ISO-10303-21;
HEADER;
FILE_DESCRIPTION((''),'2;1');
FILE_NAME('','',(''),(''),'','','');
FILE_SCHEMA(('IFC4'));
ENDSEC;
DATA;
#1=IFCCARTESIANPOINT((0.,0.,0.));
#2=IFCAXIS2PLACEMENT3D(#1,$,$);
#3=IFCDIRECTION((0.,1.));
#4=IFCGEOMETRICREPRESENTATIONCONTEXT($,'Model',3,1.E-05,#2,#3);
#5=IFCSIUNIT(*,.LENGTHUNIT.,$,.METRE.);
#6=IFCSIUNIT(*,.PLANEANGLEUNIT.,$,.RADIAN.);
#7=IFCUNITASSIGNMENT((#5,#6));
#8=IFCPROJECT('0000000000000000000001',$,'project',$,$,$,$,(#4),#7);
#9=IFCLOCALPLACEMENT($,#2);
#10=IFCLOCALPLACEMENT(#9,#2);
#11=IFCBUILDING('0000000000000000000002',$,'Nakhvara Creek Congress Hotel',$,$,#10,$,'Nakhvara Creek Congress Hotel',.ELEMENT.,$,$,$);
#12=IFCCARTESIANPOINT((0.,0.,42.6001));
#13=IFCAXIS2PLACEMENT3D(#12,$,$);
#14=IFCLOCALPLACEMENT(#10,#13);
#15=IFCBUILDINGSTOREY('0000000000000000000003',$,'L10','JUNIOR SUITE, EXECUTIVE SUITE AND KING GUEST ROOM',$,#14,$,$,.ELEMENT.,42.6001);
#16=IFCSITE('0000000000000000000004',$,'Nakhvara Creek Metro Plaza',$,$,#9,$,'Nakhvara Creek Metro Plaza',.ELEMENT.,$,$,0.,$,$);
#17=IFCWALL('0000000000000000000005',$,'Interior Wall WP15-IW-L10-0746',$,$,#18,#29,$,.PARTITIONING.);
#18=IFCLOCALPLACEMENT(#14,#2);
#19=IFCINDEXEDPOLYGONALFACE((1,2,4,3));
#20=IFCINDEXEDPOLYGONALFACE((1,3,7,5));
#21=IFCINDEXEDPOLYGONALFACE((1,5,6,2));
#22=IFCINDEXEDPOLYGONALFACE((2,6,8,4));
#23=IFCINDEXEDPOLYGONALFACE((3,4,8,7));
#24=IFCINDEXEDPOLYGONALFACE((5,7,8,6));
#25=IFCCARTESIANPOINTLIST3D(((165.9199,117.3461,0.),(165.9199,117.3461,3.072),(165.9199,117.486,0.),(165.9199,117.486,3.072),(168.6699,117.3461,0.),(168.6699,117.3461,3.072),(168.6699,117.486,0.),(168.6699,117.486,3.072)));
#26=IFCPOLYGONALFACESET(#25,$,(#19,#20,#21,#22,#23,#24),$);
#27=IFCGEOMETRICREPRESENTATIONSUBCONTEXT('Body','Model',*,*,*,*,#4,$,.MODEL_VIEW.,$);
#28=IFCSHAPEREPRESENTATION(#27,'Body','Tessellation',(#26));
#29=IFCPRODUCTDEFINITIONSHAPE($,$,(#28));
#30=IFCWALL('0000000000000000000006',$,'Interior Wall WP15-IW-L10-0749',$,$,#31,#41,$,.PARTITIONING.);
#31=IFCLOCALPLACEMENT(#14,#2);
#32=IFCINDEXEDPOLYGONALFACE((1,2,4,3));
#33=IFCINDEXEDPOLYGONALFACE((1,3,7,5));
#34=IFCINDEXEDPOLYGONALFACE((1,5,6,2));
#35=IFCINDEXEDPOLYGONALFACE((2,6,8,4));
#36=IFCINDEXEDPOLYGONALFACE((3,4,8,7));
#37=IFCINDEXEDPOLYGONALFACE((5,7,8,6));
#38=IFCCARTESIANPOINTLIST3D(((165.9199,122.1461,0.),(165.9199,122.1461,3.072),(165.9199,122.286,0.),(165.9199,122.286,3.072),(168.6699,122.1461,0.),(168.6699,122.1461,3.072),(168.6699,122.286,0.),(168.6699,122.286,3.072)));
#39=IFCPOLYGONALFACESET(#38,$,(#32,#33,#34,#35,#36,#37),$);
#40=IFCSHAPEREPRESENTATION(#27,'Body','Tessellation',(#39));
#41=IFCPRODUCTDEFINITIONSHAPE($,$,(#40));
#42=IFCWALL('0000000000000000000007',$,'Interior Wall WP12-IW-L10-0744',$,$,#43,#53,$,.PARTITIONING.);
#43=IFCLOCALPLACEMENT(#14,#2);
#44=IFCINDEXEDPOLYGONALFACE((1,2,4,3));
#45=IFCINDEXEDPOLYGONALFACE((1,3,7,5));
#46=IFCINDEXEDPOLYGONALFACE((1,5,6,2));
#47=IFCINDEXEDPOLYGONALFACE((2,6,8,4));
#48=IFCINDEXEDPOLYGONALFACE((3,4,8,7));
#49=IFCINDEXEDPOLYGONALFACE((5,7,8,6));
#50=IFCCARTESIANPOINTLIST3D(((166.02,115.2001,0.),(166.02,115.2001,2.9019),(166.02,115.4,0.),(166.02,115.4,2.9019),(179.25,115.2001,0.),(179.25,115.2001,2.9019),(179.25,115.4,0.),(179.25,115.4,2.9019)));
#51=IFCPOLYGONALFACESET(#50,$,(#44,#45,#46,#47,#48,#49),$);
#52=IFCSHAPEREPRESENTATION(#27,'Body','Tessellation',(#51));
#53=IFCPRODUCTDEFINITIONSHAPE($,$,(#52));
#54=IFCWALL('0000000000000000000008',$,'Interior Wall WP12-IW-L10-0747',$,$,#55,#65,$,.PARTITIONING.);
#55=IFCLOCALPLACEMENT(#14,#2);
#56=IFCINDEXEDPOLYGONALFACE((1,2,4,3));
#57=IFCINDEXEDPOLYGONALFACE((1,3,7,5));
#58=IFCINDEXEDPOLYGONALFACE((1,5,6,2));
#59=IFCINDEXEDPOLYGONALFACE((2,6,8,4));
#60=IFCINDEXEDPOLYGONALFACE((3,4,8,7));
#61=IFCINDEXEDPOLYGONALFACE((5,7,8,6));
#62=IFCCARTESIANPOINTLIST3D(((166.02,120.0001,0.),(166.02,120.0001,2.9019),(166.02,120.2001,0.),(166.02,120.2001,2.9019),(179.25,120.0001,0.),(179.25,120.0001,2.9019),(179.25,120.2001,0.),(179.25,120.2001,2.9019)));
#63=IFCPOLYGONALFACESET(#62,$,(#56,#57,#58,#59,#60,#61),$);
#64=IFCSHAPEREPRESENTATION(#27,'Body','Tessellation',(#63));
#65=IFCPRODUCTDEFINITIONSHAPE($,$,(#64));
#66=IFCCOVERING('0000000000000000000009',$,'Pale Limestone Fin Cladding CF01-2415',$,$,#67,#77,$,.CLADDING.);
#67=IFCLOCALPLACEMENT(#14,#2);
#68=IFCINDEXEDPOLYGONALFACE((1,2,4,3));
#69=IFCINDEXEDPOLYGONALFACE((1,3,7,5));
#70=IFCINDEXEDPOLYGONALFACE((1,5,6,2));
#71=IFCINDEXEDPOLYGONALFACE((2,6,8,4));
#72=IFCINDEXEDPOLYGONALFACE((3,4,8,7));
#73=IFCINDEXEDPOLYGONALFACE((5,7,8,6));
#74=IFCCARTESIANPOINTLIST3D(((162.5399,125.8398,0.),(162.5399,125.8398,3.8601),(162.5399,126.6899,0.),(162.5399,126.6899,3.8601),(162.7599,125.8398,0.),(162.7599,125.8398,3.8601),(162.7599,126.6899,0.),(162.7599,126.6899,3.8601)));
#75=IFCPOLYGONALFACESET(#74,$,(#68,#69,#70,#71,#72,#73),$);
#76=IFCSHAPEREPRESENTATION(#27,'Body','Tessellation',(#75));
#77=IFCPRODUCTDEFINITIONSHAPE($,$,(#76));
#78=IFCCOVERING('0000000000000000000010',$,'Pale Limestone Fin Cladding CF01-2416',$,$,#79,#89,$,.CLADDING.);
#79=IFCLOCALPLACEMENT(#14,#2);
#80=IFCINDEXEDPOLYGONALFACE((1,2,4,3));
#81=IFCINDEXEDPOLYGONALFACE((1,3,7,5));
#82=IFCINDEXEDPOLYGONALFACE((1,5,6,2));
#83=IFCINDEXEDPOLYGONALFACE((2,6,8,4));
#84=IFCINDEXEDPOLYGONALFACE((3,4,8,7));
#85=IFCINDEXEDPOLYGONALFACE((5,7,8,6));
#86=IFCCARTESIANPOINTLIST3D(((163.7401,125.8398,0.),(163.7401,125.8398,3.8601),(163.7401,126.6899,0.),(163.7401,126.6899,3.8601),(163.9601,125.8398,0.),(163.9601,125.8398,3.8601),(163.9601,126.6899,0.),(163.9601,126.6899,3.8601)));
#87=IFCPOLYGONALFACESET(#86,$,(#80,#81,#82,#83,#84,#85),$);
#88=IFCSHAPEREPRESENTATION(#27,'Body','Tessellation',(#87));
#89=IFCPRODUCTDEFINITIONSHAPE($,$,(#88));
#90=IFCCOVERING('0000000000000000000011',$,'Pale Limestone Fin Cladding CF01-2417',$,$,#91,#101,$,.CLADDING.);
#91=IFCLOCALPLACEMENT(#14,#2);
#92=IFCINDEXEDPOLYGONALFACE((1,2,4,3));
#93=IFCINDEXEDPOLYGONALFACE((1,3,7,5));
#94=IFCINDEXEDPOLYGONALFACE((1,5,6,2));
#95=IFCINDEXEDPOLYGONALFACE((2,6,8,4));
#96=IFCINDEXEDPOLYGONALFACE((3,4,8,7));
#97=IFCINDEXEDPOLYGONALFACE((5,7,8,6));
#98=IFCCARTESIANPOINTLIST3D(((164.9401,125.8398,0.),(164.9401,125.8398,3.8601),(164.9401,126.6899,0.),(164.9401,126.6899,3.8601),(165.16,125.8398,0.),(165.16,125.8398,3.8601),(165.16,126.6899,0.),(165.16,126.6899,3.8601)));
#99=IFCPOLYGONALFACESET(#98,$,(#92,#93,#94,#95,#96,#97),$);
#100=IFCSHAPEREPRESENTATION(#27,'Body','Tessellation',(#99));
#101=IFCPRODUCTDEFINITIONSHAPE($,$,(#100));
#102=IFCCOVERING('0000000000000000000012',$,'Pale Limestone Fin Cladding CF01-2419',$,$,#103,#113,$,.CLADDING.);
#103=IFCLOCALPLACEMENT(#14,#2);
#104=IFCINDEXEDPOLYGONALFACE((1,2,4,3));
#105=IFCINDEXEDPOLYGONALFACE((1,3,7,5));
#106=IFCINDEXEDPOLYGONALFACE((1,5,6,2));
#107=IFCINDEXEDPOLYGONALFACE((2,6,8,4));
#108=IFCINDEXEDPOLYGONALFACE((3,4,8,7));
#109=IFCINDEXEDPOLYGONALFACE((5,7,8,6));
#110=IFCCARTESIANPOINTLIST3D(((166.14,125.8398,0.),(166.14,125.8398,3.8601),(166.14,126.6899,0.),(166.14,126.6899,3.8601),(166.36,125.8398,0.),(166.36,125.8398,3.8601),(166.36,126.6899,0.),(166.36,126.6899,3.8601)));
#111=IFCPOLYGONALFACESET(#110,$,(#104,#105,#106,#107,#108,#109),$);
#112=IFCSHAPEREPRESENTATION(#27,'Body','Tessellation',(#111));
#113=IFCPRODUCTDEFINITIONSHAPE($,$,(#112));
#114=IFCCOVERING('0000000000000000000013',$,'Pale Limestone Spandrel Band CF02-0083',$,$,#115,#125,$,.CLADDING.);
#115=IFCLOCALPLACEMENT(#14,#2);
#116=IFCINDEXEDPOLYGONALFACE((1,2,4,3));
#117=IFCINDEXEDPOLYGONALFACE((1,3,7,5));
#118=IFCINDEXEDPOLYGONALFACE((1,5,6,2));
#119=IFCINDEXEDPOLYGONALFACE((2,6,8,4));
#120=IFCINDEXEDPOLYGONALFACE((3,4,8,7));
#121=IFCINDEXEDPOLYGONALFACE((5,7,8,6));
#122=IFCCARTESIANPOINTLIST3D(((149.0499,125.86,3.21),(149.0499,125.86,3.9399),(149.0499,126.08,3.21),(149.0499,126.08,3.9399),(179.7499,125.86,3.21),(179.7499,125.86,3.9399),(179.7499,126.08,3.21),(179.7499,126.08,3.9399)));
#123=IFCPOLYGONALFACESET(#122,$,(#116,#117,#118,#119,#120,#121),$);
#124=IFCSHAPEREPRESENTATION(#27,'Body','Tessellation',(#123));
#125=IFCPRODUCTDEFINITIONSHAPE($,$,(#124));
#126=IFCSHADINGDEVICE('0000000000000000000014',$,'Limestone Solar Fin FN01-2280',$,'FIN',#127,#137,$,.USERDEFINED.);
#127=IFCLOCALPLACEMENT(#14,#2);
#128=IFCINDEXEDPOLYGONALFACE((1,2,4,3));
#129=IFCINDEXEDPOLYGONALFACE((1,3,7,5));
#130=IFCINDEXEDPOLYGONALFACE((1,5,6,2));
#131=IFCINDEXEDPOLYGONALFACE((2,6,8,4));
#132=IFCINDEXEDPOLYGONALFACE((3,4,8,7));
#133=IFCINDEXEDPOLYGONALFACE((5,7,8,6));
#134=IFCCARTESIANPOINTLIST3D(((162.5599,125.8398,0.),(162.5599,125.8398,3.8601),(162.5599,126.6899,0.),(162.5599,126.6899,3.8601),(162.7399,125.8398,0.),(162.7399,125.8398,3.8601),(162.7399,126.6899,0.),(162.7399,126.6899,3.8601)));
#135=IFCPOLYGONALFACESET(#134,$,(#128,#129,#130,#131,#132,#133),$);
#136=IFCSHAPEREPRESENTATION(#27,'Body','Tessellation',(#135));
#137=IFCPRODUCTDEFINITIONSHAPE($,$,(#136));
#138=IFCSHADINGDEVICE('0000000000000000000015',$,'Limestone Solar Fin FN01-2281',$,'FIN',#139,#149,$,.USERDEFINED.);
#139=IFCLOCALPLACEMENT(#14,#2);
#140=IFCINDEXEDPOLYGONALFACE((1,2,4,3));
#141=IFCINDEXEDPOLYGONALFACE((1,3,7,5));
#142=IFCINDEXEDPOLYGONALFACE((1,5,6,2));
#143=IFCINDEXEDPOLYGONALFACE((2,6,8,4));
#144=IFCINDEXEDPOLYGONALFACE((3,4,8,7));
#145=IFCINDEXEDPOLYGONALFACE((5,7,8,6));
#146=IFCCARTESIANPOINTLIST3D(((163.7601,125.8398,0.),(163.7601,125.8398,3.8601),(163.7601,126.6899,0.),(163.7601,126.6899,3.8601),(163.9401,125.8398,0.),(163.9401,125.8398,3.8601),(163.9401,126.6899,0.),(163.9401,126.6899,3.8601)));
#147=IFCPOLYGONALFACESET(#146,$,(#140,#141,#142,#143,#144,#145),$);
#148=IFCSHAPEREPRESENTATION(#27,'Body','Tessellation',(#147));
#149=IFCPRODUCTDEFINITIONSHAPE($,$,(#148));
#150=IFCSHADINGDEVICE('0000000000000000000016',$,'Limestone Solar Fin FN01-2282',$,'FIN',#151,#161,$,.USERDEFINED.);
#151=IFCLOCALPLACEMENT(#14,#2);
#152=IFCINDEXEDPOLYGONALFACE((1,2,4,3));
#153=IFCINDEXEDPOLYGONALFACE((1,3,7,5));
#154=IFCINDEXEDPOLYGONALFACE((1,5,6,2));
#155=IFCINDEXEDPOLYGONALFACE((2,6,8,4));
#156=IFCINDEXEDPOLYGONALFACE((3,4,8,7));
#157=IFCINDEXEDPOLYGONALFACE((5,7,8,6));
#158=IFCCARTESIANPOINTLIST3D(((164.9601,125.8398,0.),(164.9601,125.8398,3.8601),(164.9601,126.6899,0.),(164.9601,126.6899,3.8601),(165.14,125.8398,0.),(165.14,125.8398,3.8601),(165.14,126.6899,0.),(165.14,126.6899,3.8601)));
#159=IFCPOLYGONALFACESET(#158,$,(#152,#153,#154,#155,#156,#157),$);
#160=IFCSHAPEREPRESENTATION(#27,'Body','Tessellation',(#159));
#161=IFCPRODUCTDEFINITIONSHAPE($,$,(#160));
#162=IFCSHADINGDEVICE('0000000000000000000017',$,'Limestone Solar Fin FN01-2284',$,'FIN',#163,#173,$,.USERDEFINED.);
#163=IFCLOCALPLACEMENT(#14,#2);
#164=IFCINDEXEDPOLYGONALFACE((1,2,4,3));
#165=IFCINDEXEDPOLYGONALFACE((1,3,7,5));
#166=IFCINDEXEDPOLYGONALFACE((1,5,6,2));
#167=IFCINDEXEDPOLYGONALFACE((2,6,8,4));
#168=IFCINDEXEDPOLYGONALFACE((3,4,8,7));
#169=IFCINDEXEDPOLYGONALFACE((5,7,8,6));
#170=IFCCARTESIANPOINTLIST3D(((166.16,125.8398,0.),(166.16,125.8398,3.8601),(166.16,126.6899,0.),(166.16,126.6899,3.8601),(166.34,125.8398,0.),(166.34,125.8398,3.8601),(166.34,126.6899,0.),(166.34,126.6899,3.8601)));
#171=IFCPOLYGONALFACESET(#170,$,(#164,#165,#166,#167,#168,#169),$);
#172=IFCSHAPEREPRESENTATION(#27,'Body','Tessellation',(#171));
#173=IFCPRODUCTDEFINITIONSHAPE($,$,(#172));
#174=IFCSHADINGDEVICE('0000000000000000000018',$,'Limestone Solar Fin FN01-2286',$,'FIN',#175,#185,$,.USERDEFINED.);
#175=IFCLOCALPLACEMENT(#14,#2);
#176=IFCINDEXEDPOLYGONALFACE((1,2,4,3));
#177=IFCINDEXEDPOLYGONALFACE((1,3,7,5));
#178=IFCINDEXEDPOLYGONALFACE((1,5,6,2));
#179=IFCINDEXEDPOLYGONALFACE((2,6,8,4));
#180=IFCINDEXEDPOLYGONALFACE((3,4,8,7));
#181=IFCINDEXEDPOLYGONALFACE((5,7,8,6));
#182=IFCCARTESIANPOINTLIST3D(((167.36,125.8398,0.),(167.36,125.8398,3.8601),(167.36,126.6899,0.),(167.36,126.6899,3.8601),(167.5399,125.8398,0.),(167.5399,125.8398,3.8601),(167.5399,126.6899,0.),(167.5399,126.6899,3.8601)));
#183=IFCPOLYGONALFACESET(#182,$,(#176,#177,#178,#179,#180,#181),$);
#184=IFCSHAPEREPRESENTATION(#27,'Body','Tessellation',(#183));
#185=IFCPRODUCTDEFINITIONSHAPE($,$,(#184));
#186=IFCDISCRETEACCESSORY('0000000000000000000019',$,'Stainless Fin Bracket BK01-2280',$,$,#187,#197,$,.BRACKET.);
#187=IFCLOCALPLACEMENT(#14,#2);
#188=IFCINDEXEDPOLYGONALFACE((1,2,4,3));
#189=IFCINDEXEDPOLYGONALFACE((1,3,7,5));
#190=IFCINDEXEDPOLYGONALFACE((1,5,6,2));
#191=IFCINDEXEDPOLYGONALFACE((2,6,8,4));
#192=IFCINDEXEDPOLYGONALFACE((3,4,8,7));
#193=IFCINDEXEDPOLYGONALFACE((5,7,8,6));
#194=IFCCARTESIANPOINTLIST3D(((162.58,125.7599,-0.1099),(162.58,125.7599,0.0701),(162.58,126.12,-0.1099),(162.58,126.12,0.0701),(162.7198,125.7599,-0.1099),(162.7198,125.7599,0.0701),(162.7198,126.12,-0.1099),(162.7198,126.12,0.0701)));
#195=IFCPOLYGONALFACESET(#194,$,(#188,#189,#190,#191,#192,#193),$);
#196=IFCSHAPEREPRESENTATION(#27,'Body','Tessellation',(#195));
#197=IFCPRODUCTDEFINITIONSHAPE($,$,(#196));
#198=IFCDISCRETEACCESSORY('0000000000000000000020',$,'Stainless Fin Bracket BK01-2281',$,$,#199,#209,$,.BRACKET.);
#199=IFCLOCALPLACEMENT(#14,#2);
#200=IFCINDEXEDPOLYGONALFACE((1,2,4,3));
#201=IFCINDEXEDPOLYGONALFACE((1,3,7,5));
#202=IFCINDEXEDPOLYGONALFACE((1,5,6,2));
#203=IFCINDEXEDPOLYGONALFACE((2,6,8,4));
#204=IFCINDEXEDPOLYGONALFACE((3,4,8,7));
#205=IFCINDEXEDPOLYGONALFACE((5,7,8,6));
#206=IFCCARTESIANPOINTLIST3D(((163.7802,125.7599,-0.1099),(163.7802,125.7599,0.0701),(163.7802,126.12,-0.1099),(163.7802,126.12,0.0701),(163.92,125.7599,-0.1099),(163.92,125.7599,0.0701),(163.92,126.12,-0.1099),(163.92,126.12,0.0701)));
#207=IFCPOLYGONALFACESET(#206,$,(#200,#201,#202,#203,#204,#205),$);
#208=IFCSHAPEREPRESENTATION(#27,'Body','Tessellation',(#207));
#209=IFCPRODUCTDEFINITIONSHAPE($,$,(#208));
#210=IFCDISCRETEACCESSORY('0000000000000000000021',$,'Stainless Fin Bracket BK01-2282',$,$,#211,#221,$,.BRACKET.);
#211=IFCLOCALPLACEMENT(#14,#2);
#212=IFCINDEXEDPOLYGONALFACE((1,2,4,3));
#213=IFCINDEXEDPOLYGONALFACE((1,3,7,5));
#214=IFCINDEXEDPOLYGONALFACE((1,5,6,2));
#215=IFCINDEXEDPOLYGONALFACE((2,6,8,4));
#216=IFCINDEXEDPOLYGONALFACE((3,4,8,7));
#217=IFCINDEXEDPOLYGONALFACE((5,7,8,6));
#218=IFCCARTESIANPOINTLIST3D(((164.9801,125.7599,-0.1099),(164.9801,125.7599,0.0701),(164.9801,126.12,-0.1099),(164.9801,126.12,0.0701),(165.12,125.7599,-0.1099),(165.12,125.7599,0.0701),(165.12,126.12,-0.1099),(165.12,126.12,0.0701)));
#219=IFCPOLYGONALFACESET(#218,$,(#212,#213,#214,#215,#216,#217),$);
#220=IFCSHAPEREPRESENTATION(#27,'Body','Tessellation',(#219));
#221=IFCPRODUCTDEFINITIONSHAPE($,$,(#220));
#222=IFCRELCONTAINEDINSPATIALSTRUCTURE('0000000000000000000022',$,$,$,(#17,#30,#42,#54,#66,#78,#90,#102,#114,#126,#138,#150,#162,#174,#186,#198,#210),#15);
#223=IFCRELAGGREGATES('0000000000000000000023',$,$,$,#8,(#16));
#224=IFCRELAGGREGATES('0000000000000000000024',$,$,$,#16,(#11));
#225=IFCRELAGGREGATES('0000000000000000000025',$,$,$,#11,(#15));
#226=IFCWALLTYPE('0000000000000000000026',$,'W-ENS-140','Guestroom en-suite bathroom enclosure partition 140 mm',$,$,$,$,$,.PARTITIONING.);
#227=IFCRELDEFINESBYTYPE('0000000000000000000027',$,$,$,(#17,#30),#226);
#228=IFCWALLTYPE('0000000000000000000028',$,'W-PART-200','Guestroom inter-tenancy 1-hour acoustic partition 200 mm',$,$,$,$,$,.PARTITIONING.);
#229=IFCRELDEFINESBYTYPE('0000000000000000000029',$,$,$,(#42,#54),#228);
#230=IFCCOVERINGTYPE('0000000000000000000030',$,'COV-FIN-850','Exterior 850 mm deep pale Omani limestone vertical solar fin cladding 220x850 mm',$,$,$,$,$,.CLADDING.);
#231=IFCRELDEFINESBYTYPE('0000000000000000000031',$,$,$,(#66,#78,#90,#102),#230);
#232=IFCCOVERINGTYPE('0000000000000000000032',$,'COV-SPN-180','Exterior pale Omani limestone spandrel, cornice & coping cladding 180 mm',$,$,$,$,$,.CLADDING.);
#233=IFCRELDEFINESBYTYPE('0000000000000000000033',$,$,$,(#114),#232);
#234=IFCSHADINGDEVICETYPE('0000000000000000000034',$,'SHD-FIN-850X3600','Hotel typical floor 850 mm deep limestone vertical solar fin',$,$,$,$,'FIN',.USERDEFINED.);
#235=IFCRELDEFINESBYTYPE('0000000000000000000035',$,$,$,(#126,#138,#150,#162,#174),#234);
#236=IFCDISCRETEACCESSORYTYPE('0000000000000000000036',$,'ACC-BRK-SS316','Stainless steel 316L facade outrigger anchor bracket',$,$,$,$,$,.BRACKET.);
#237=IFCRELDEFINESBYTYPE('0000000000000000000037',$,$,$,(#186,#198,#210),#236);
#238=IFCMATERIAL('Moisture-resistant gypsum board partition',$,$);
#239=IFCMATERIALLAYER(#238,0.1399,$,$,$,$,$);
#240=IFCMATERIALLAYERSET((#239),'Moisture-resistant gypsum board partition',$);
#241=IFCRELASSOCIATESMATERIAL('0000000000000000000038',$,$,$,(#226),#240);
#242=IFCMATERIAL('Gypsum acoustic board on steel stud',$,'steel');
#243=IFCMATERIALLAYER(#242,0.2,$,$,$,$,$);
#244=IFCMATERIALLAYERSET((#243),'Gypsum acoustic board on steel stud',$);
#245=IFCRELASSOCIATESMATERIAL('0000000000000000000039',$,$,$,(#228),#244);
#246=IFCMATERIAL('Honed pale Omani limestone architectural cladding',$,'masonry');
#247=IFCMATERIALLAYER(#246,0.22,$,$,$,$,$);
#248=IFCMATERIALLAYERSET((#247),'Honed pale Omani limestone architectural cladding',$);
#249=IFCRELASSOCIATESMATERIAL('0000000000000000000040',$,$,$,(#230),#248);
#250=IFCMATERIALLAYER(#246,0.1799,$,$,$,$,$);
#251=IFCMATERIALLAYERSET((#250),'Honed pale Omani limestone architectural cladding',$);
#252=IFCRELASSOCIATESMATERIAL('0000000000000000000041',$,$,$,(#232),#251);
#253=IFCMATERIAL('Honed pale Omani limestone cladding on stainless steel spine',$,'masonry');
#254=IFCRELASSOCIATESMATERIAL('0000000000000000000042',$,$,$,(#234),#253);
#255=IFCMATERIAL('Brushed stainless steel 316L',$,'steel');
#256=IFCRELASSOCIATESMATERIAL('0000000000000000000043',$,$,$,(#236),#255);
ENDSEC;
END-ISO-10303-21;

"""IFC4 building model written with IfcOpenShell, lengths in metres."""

from ifc_helpers import new_model, si_unit, direction, frame, frame_2d, origin, origin_2d, place, context, subcontext, project, spatial, rectangle, extrude, material, layer, layer_set, type_object, element, save


model = new_model("IFC4")

# Units and contexts
model_context = context("Model", 3, precision=1e-05, world=origin(), true_north=direction((0.0, 1.0)))
body_context = subcontext(model_context, "Body", "Model", "MODEL_VIEW")
ifc_project = project(units=[si_unit("LENGTHUNIT", "METRE"), si_unit("PLANEANGLEUNIT", "RADIAN")], contexts=[model_context])

# Site, building, storey
site_placement = place(None, origin())
site = spatial("IfcSite", under=ifc_project, at=site_placement, Name="Nakhvara Creek Metro Plaza", LongName="Nakhvara Creek Metro Plaza", CompositionType="ELEMENT", RefElevation=0.0)
building_placement = place(site_placement, origin())
building = spatial("IfcBuilding", under=site, at=building_placement, Name="Nakhvara Creek Congress Hotel", LongName="Nakhvara Creek Congress Hotel", CompositionType="ELEMENT")
storey_placement = place(building_placement, frame((0.0, 0.0, 42.6001)))
storey = spatial("IfcBuildingStorey", under=building, at=storey_placement, Name="L10", Description="JUNIOR SUITE, EXECUTIVE SUITE AND KING GUEST ROOM", CompositionType="ELEMENT", Elevation=42.6001)

# Walls
ifc_material_1 = material(Name="Gypsum acoustic board on steel stud", Category="steel")
ifc_material_2 = material(Name="Moisture-resistant gypsum board partition")
ifc_layer_1 = layer(ifc_material_2, 0.1399)
ifc_layer_set_1 = layer_set([ifc_layer_1], Name="Moisture-resistant gypsum board partition")
wall_type_1 = type_object("IfcWallType", Name="W-ENS-140", Description="Guestroom en-suite bathroom enclosure partition 140 mm", PredefinedType="PARTITIONING", material=ifc_layer_set_1)
for number, where, z_axis, x_axis, name in (
    (1, (165.9199, 117.416, 0.0), (0.0, 0.0, 1.0), (1.0, 0.0, 0.0), "Interior Wall WP15-IW-L10-0746"),
    (2, (165.9199, 122.2161, 0.0), (0.0, 0.0, 1.0), (1.0, 0.0, 0.0), "Interior Wall WP15-IW-L10-0749"),
):
    element("IfcWall", number, at=place(storey_placement, frame(where, z_axis=z_axis, x_axis=x_axis)), inside=storey, type_object=wall_type_1, Name=name, PredefinedType="PARTITIONING", context=body_context, shape_type="SweptSolid", body=[
        extrude(rectangle(XDim=2.75, YDim=0.1399, at=frame_2d((1.375, 0.0))), origin(), (0.0, 0.0, 1.0), 3.072),
    ])
ifc_layer_2 = layer(ifc_material_1, 0.2)
ifc_layer_set_2 = layer_set([ifc_layer_2], Name="Gypsum acoustic board on steel stud")
wall_type_2 = type_object("IfcWallType", Name="W-PART-200", Description="Guestroom inter-tenancy 1-hour acoustic partition 200 mm", PredefinedType="PARTITIONING", material=ifc_layer_set_2)
for number, where, z_axis, x_axis, name in (
    (3, (166.02, 115.3, 0.0), (0.0, 0.0, 1.0), (1.0, 0.0, 0.0), "Interior Wall WP12-IW-L10-0744"),
    (4, (166.02, 120.1001, 0.0), (0.0, 0.0, 1.0), (1.0, 0.0, 0.0), "Interior Wall WP12-IW-L10-0747"),
):
    element("IfcWall", number, at=place(storey_placement, frame(where, z_axis=z_axis, x_axis=x_axis)), inside=storey, type_object=wall_type_2, Name=name, PredefinedType="PARTITIONING", context=body_context, shape_type="SweptSolid", body=[
        extrude(rectangle(XDim=13.23, YDim=0.2, at=frame_2d((6.615, 0.0))), origin(), (0.0, 0.0, 1.0), 2.9019),
    ])

# Coverings
ifc_material_3 = material(Name="Honed pale Omani limestone architectural cladding", Category="masonry")
ifc_layer_3 = layer(ifc_material_3, 0.22)
ifc_layer_set_3 = layer_set([ifc_layer_3], Name="Honed pale Omani limestone architectural cladding")
covering_type_1 = type_object("IfcCoveringType", Name="COV-FIN-850", Description="Exterior 850 mm deep pale Omani limestone vertical solar fin cladding 220x850 mm", PredefinedType="CLADDING", material=ifc_layer_set_3)
for number, where, z_axis, x_axis, name in (
    (5, (162.6499, 126.2649, 0.0), (0.0, 0.0, 1.0), (1.0, 0.0, 0.0), "Pale Limestone Fin Cladding CF01-2415"),
    (6, (163.8501, 126.2649, 0.0), (0.0, 0.0, 1.0), (1.0, 0.0, 0.0), "Pale Limestone Fin Cladding CF01-2416"),
    (7, (165.05, 126.2649, 0.0), (0.0, 0.0, 1.0), (1.0, 0.0, 0.0), "Pale Limestone Fin Cladding CF01-2417"),
    (8, (166.25, 126.2649, 0.0), (0.0, 0.0, 1.0), (1.0, 0.0, 0.0), "Pale Limestone Fin Cladding CF01-2419"),
):
    element("IfcCovering", number, at=place(storey_placement, frame(where, z_axis=z_axis, x_axis=x_axis)), inside=storey, type_object=covering_type_1, Name=name, PredefinedType="CLADDING", context=body_context, shape_type="SweptSolid", body=[
        extrude(rectangle(XDim=0.22, YDim=0.8501, at=origin_2d()), origin(), (0.0, 0.0, 1.0), 3.8601),
    ])
ifc_layer_4 = layer(ifc_material_3, 0.1799)
ifc_layer_set_4 = layer_set([ifc_layer_4], Name="Honed pale Omani limestone architectural cladding")
covering_type_2 = type_object("IfcCoveringType", Name="COV-SPN-180", Description="Exterior pale Omani limestone spandrel, cornice & coping cladding 180 mm", PredefinedType="CLADDING", material=ifc_layer_set_4)
covering_placement = place(storey_placement, frame((164.3999, 125.97, 3.21), z_axis=(0.0, 0.0, 1.0), x_axis=(1.0, 0.0, 0.0)))
element("IfcCovering", 9, at=covering_placement, inside=storey, type_object=covering_type_2, Name="Pale Limestone Spandrel Band CF02-0083", PredefinedType="CLADDING", context=body_context, shape_type="SweptSolid", body=[
    extrude(rectangle(XDim=30.7, YDim=0.22, at=origin_2d()), origin(), (0.0, 0.0, 1.0), 0.73),
])

# Shading devices
ifc_material_4 = material(Name="Honed pale Omani limestone cladding on stainless steel spine", Category="masonry")
shading_device_type = type_object("IfcShadingDeviceType", Name="SHD-FIN-850X3600", Description="Hotel typical floor 850 mm deep limestone vertical solar fin", ElementType="FIN", PredefinedType="USERDEFINED", material=ifc_material_4)
for number, where, z_axis, x_axis, name in (
    (10, (162.6499, 126.2649, 0.0), (0.0, 0.0, 1.0), (1.0, 0.0, 0.0), "Limestone Solar Fin FN01-2280"),
    (11, (163.8501, 126.2649, 0.0), (0.0, 0.0, 1.0), (1.0, 0.0, 0.0), "Limestone Solar Fin FN01-2281"),
    (12, (165.05, 126.2649, 0.0), (0.0, 0.0, 1.0), (1.0, 0.0, 0.0), "Limestone Solar Fin FN01-2282"),
    (13, (166.25, 126.2649, 0.0), (0.0, 0.0, 1.0), (1.0, 0.0, 0.0), "Limestone Solar Fin FN01-2284"),
    (14, (167.45, 126.2649, 0.0), (0.0, 0.0, 1.0), (1.0, 0.0, 0.0), "Limestone Solar Fin FN01-2286"),
):
    element("IfcShadingDevice", number, at=place(storey_placement, frame(where, z_axis=z_axis, x_axis=x_axis)), inside=storey, type_object=shading_device_type, Name=name, ObjectType="FIN", PredefinedType="USERDEFINED", context=body_context, shape_type="SweptSolid", body=[
        extrude(rectangle(XDim=0.1799, YDim=0.8501, at=origin_2d()), origin(), (0.0, 0.0, 1.0), 3.8601),
    ])

# Discrete accessories
ifc_material_5 = material(Name="Brushed stainless steel 316L", Category="steel")
discrete_accessory_type = type_object("IfcDiscreteAccessoryType", Name="ACC-BRK-SS316", Description="Stainless steel 316L facade outrigger anchor bracket", PredefinedType="BRACKET", material=ifc_material_5)
for number, where, z_axis, x_axis, name in (
    (15, (162.6499, 125.9399, -0.1099), (0.0, 0.0, 1.0), (1.0, 0.0, 0.0), "Stainless Fin Bracket BK01-2280"),
    (16, (163.8501, 125.9399, -0.1099), (0.0, 0.0, 1.0), (1.0, 0.0, 0.0), "Stainless Fin Bracket BK01-2281"),
    (17, (165.05, 125.9399, -0.1099), (0.0, 0.0, 1.0), (1.0, 0.0, 0.0), "Stainless Fin Bracket BK01-2282"),
):
    element("IfcDiscreteAccessory", number, at=place(storey_placement, frame(where, z_axis=z_axis, x_axis=x_axis)), inside=storey, type_object=discrete_accessory_type, Name=name, PredefinedType="BRACKET", context=body_context, shape_type="SweptSolid", body=[
        extrude(rectangle(XDim=0.1399, YDim=0.3601, at=origin_2d()), origin(), (0.0, 0.0, 1.0), 0.1799),
    ])

save(model, "model.ifc")
